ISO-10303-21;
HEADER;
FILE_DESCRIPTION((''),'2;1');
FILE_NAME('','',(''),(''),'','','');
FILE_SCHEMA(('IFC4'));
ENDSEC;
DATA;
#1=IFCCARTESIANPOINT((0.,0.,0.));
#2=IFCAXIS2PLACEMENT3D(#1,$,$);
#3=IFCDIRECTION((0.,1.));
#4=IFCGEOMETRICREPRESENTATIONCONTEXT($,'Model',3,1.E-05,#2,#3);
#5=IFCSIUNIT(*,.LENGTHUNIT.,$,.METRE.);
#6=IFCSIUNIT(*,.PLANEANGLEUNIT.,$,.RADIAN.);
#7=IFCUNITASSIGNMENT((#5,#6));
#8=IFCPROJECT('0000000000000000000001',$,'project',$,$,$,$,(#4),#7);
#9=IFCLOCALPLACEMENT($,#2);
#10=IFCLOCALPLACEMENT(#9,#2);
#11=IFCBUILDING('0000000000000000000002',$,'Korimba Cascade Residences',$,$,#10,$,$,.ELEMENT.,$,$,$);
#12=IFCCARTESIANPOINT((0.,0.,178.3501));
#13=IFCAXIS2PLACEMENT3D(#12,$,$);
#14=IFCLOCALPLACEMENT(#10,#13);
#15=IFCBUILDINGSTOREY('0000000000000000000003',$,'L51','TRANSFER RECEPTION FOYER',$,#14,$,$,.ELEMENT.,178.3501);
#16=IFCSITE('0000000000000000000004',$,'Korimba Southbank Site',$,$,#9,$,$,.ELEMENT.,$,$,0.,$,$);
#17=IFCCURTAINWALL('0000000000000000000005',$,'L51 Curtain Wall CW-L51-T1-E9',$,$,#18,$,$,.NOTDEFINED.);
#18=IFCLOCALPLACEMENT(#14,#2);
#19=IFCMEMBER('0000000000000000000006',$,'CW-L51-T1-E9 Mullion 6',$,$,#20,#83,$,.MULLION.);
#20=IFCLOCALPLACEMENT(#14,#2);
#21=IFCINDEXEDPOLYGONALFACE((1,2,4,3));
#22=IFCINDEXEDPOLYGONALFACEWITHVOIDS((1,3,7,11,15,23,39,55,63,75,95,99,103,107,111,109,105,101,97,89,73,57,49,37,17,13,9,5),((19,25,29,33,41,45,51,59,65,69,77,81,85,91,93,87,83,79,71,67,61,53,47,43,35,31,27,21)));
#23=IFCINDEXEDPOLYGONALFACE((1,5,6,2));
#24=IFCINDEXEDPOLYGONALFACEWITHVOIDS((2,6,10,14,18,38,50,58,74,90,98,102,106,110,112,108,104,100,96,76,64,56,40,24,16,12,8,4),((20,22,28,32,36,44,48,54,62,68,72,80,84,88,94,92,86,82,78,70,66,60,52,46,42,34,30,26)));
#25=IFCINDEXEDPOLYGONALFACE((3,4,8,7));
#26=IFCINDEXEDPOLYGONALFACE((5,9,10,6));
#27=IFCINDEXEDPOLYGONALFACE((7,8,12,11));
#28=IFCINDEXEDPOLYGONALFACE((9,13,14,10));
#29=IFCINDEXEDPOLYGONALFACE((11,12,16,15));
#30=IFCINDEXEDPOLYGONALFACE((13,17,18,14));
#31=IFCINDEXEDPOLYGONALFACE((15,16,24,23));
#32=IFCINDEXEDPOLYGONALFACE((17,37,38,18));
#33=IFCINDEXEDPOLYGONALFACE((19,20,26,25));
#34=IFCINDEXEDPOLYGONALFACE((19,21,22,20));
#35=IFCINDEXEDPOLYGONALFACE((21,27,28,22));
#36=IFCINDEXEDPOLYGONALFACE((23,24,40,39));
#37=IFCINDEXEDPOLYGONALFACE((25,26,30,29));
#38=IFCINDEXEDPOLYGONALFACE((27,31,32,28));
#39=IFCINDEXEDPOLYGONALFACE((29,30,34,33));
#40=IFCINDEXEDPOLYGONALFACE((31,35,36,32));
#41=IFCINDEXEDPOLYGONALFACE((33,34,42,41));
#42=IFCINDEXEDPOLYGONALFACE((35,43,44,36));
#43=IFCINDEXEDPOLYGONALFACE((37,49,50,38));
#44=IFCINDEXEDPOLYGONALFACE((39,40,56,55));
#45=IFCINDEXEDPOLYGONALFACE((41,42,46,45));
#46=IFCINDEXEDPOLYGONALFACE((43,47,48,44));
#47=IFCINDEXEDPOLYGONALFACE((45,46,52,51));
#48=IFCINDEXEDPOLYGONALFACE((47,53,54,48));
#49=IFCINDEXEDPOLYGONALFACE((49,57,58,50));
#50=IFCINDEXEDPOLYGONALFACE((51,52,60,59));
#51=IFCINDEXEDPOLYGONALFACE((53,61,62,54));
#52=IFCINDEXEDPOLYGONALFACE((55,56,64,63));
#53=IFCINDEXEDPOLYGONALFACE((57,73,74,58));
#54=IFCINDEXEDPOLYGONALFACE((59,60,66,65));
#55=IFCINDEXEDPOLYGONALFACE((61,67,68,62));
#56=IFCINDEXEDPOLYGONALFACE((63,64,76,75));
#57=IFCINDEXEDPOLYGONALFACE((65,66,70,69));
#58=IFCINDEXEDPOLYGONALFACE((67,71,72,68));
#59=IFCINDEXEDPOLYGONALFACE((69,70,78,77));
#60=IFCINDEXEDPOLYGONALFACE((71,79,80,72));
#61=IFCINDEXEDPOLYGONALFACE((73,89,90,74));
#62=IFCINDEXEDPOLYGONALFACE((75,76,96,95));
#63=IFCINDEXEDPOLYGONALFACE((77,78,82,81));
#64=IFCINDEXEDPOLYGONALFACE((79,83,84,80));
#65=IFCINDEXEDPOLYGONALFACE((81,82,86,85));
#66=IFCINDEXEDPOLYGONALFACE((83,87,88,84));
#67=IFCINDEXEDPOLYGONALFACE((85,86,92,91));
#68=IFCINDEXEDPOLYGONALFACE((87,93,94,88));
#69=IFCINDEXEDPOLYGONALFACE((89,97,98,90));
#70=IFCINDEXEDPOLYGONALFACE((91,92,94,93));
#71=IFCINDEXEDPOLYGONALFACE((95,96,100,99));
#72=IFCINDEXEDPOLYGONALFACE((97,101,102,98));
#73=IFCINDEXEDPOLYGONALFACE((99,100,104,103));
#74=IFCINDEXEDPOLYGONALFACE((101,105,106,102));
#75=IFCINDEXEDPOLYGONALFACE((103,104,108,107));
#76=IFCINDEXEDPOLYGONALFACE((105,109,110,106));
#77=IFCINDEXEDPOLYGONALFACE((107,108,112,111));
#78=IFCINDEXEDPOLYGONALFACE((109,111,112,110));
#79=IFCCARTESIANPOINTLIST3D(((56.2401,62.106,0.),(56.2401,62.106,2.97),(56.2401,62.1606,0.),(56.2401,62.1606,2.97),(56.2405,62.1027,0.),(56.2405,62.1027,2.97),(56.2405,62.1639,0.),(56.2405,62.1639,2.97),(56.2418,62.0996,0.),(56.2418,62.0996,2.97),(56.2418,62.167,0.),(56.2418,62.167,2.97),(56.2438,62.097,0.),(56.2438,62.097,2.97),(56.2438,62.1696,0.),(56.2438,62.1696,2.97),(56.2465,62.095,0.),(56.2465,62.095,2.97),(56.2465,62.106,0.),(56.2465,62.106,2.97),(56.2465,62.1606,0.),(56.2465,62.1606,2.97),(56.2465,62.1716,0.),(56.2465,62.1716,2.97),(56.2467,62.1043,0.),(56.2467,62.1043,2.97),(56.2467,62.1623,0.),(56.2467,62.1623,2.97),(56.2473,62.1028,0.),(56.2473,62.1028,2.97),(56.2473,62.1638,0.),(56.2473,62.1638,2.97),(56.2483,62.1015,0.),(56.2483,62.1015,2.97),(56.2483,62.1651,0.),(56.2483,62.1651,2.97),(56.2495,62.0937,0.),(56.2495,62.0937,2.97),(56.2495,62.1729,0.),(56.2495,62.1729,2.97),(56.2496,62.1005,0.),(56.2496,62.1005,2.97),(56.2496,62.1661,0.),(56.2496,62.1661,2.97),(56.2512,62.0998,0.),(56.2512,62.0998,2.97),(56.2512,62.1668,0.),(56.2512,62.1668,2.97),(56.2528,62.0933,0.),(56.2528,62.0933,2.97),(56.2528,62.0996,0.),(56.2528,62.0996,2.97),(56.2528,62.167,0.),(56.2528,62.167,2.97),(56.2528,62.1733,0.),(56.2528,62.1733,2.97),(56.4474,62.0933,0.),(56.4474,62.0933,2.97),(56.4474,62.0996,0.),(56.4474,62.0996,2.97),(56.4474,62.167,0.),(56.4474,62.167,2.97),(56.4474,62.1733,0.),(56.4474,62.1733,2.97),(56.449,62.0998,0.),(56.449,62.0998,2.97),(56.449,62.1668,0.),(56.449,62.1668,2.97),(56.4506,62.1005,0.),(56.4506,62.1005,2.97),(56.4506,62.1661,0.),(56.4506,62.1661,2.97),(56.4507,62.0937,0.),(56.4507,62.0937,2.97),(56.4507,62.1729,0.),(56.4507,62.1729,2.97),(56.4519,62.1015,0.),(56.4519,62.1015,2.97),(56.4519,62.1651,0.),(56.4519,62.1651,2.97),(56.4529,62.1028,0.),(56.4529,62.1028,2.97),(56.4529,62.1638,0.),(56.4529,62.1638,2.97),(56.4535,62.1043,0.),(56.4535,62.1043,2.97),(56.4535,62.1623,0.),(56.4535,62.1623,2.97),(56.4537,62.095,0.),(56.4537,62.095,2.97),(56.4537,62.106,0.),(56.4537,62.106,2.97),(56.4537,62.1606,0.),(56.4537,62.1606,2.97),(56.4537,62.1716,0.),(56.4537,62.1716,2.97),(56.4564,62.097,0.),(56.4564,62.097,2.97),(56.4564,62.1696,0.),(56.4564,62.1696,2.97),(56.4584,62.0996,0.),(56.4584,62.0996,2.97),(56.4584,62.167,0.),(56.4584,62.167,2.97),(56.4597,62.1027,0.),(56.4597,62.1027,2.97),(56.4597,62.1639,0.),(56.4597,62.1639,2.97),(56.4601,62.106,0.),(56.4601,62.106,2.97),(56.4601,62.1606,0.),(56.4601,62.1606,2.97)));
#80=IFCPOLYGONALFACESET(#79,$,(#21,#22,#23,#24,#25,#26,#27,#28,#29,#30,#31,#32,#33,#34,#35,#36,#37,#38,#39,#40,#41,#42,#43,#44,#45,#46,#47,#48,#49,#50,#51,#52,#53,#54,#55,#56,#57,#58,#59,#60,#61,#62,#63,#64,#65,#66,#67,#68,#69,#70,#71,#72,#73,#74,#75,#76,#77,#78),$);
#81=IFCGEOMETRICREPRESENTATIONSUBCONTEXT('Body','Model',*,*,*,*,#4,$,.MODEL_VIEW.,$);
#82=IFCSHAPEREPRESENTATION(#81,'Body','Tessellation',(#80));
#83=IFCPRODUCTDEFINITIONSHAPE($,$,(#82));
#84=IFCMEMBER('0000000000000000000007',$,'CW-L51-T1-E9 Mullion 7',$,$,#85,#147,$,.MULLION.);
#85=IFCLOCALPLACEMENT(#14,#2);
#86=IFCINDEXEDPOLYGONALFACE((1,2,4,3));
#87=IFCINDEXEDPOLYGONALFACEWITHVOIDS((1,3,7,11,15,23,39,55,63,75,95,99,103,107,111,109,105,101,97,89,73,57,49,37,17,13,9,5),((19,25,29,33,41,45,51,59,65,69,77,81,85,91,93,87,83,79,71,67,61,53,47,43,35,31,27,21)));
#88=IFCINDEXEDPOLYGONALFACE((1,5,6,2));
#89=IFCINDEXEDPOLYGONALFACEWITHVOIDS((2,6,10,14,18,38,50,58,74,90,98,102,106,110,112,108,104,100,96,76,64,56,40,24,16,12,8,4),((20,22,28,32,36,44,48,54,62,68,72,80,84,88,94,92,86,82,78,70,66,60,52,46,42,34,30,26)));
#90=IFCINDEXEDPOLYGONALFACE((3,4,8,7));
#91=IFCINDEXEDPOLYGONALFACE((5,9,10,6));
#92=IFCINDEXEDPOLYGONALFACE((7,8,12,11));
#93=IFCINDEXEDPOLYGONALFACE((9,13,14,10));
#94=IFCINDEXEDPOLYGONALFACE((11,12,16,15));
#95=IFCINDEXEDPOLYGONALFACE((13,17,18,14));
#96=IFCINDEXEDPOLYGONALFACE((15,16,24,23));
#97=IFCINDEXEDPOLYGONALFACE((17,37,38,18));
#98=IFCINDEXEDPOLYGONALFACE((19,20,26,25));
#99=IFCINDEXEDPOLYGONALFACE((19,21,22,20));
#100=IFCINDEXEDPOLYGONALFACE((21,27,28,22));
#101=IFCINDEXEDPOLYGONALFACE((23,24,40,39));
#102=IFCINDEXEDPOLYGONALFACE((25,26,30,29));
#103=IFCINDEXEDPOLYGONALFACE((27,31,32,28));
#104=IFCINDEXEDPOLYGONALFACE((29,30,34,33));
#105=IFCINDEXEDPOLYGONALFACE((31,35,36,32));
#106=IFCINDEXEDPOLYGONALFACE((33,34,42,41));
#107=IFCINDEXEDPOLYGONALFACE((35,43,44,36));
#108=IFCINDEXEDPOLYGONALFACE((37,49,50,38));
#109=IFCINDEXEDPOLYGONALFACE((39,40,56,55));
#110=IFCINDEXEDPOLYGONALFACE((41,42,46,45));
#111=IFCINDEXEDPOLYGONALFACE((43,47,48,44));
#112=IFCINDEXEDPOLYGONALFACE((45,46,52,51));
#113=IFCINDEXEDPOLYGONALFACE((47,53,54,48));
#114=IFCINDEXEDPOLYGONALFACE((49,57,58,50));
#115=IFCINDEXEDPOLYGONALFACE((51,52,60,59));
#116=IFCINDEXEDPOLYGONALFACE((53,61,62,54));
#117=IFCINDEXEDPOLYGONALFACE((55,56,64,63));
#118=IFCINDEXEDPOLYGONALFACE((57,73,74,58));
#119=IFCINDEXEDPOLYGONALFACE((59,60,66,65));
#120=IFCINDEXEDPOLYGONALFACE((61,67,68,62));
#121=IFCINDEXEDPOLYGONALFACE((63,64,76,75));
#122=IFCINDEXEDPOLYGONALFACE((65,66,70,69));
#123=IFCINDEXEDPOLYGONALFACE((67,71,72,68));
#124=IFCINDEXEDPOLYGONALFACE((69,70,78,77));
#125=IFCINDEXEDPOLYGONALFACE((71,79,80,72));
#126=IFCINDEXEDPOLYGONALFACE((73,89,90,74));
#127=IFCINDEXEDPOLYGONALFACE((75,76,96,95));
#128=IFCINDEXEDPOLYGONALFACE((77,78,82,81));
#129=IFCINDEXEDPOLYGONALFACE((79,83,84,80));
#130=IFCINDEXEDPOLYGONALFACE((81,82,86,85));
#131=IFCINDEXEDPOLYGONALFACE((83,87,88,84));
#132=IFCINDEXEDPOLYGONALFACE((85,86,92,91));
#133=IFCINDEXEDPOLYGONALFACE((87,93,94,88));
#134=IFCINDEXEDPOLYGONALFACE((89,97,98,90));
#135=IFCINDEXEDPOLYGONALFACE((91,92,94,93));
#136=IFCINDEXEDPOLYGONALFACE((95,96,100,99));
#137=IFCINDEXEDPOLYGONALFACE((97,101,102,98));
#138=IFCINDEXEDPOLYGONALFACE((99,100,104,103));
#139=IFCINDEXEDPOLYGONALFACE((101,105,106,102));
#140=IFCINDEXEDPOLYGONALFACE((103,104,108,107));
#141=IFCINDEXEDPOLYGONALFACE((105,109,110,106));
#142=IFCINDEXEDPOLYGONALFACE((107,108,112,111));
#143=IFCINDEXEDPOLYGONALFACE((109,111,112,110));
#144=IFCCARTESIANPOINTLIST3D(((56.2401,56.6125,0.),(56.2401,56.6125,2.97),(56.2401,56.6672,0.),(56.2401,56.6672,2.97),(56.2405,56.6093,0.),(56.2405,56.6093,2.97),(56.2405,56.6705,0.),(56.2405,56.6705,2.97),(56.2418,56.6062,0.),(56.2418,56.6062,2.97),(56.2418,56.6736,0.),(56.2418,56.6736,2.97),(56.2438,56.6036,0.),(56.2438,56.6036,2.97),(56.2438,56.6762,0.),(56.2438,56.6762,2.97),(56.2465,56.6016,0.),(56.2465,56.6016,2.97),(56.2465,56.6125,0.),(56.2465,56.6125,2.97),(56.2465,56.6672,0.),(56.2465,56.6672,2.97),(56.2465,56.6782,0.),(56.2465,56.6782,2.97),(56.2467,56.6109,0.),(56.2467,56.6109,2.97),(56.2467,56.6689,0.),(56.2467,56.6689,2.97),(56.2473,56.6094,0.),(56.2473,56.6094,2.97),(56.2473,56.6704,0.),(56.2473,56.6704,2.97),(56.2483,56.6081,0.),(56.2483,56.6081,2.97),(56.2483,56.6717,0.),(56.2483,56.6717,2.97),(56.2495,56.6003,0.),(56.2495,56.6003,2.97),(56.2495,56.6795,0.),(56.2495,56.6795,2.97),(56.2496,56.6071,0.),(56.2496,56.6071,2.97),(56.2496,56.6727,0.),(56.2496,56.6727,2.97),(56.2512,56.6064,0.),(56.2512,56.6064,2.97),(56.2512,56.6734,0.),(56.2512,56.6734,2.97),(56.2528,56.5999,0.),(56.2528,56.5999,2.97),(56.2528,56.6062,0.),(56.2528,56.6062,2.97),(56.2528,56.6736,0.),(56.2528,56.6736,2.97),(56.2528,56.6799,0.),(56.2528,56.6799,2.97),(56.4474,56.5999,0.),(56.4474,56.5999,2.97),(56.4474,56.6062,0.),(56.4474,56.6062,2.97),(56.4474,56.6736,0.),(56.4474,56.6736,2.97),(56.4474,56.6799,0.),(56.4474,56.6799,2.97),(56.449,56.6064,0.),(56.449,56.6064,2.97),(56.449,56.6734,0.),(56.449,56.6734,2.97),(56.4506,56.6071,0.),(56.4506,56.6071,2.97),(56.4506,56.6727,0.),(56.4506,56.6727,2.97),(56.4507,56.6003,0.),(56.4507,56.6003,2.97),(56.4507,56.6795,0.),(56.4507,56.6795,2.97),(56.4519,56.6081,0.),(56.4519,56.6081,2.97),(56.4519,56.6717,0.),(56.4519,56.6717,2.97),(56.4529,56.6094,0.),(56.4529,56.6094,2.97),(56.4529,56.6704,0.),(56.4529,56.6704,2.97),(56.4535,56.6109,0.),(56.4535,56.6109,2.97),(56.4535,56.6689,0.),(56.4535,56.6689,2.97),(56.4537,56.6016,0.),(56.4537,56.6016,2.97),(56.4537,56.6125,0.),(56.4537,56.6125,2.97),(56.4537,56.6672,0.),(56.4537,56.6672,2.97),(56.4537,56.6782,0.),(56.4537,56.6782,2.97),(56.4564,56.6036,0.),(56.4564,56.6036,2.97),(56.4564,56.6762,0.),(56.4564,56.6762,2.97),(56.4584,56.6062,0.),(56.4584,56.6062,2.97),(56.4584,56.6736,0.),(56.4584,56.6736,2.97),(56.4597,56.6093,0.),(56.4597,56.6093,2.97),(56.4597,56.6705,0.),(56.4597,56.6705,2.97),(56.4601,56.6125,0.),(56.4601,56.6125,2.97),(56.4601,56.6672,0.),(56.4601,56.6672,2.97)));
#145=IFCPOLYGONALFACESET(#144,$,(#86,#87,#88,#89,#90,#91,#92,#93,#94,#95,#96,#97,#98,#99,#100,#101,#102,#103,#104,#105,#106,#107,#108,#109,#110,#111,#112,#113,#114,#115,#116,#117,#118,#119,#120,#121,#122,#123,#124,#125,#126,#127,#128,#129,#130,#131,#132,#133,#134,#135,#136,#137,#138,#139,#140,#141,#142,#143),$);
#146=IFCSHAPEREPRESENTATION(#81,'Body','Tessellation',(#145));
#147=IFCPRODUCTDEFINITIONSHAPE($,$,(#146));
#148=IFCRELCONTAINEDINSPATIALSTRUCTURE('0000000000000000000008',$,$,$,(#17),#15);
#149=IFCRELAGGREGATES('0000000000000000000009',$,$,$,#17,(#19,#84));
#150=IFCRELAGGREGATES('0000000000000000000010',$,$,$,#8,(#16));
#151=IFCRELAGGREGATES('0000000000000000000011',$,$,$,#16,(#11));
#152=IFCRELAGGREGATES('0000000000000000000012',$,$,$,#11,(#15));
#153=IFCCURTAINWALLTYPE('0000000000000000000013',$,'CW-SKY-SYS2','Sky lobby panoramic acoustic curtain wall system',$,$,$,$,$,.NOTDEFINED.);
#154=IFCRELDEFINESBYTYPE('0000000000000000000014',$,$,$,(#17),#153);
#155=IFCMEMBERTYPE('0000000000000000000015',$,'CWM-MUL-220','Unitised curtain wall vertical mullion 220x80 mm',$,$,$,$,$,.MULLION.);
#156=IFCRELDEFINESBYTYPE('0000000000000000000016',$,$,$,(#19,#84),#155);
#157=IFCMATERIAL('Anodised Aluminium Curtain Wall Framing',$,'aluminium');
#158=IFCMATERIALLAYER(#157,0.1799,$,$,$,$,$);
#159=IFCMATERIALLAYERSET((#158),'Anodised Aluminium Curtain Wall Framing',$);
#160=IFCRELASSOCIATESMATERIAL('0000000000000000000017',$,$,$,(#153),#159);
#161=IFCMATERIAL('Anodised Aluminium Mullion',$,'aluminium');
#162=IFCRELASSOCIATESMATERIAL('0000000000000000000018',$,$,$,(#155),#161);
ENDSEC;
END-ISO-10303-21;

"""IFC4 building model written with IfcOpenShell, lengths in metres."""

from ifc_helpers import new_model, si_unit, direction, frame, origin, origin_2d, place, context, subcontext, project, spatial, hollow_rectangle, extrude, material, layer, layer_set, material_profile, profile_set, type_object, element, aggregate, save


model = new_model("IFC4")

# Units and contexts
model_context = context("Model", 3, precision=1e-05, world=origin(), true_north=direction((0.0, 1.0)))
body_context = subcontext(model_context, "Body", "Model", "MODEL_VIEW")
ifc_project = project(units=[si_unit("LENGTHUNIT", "METRE"), si_unit("PLANEANGLEUNIT", "RADIAN")], contexts=[model_context])

# Site, building, storey
site_placement = place(None, origin())
site = spatial("IfcSite", under=ifc_project, at=site_placement, Name="Korimba Southbank Site", CompositionType="ELEMENT", RefElevation=0.0)
building_placement = place(site_placement, origin())
building = spatial("IfcBuilding", under=site, at=building_placement, Name="Korimba Cascade Residences", CompositionType="ELEMENT")
storey_placement = place(building_placement, frame((0.0, 0.0, 178.3501)))
storey = spatial("IfcBuildingStorey", under=building, at=storey_placement, Name="L51", Description="TRANSFER RECEPTION FOYER", CompositionType="ELEMENT", Elevation=178.3501)

# Curtain wall, members
ifc_material_1 = material(Name="Anodised Aluminium Curtain Wall Framing", Category="aluminium")
ifc_layer_1 = layer(ifc_material_1, 0.1799)
ifc_layer_set_1 = layer_set([ifc_layer_1], Name="Anodised Aluminium Curtain Wall Framing")
curtain_wall_type = type_object("IfcCurtainWallType", Name="CW-SKY-SYS2", Description="Sky lobby panoramic acoustic curtain wall system", PredefinedType="NOTDEFINED", material=ifc_layer_set_1)
curtain_wall_placement = place(storey_placement, origin())
curtain_wall = element("IfcCurtainWall", 1, at=curtain_wall_placement, inside=storey, type_object=curtain_wall_type, Name="L51 Curtain Wall CW-L51-T1-E9", PredefinedType="NOTDEFINED")
ifc_material_2 = material(Name="Anodised Aluminium Mullion", Category="aluminium")
ifc_material_profile_1 = material_profile(ifc_material_2, hollow_rectangle(XDim=0.0801, YDim=0.22, WallThickness=0.0063, InnerFilletRadius=0.0063, OuterFilletRadius=0.0127, at=origin_2d()), Name="Anodised Aluminium Mullion")
ifc_profile_set_1 = profile_set([ifc_material_profile_1], Name="Anodised Aluminium Mullion")
member_type_1 = type_object("IfcMemberType", Name="CWM-MUL-220", Description="Unitised curtain wall vertical mullion 220x80 mm", PredefinedType="MULLION", material=ifc_profile_set_1)
member_1_placement = place(storey_placement, frame((56.3501, 62.1333, 0.0), z_axis=(0.0, 0.0, 1.0), x_axis=(0.0, -1.0, 0.0)))
member_1 = element("IfcMember", 2, at=member_1_placement, type_object=member_type_1, Name="CW-L51-T1-E9 Mullion 6", PredefinedType="MULLION", context=body_context, shape_type="SweptSolid", body=[
    extrude(hollow_rectangle(XDim=0.0801, YDim=0.22, WallThickness=0.0063, InnerFilletRadius=0.0063, OuterFilletRadius=0.0127, at=origin_2d()), origin(), (0.0, 0.0, 1.0), 2.97),
])
member_2_placement = place(storey_placement, frame((56.3501, 56.6399, 0.0), z_axis=(0.0, 0.0, 1.0), x_axis=(0.0, -1.0, 0.0)))
member_2 = element("IfcMember", 3, at=member_2_placement, type_object=member_type_1, Name="CW-L51-T1-E9 Mullion 7", PredefinedType="MULLION", context=body_context, shape_type="SweptSolid", body=[
    extrude(hollow_rectangle(XDim=0.0801, YDim=0.22, WallThickness=0.0063, InnerFilletRadius=0.0063, OuterFilletRadius=0.0127, at=origin_2d()), origin(), (0.0, 0.0, 1.0), 2.97),
])
aggregate(curtain_wall, [member_1, member_2])

save(model, "model.ifc")
